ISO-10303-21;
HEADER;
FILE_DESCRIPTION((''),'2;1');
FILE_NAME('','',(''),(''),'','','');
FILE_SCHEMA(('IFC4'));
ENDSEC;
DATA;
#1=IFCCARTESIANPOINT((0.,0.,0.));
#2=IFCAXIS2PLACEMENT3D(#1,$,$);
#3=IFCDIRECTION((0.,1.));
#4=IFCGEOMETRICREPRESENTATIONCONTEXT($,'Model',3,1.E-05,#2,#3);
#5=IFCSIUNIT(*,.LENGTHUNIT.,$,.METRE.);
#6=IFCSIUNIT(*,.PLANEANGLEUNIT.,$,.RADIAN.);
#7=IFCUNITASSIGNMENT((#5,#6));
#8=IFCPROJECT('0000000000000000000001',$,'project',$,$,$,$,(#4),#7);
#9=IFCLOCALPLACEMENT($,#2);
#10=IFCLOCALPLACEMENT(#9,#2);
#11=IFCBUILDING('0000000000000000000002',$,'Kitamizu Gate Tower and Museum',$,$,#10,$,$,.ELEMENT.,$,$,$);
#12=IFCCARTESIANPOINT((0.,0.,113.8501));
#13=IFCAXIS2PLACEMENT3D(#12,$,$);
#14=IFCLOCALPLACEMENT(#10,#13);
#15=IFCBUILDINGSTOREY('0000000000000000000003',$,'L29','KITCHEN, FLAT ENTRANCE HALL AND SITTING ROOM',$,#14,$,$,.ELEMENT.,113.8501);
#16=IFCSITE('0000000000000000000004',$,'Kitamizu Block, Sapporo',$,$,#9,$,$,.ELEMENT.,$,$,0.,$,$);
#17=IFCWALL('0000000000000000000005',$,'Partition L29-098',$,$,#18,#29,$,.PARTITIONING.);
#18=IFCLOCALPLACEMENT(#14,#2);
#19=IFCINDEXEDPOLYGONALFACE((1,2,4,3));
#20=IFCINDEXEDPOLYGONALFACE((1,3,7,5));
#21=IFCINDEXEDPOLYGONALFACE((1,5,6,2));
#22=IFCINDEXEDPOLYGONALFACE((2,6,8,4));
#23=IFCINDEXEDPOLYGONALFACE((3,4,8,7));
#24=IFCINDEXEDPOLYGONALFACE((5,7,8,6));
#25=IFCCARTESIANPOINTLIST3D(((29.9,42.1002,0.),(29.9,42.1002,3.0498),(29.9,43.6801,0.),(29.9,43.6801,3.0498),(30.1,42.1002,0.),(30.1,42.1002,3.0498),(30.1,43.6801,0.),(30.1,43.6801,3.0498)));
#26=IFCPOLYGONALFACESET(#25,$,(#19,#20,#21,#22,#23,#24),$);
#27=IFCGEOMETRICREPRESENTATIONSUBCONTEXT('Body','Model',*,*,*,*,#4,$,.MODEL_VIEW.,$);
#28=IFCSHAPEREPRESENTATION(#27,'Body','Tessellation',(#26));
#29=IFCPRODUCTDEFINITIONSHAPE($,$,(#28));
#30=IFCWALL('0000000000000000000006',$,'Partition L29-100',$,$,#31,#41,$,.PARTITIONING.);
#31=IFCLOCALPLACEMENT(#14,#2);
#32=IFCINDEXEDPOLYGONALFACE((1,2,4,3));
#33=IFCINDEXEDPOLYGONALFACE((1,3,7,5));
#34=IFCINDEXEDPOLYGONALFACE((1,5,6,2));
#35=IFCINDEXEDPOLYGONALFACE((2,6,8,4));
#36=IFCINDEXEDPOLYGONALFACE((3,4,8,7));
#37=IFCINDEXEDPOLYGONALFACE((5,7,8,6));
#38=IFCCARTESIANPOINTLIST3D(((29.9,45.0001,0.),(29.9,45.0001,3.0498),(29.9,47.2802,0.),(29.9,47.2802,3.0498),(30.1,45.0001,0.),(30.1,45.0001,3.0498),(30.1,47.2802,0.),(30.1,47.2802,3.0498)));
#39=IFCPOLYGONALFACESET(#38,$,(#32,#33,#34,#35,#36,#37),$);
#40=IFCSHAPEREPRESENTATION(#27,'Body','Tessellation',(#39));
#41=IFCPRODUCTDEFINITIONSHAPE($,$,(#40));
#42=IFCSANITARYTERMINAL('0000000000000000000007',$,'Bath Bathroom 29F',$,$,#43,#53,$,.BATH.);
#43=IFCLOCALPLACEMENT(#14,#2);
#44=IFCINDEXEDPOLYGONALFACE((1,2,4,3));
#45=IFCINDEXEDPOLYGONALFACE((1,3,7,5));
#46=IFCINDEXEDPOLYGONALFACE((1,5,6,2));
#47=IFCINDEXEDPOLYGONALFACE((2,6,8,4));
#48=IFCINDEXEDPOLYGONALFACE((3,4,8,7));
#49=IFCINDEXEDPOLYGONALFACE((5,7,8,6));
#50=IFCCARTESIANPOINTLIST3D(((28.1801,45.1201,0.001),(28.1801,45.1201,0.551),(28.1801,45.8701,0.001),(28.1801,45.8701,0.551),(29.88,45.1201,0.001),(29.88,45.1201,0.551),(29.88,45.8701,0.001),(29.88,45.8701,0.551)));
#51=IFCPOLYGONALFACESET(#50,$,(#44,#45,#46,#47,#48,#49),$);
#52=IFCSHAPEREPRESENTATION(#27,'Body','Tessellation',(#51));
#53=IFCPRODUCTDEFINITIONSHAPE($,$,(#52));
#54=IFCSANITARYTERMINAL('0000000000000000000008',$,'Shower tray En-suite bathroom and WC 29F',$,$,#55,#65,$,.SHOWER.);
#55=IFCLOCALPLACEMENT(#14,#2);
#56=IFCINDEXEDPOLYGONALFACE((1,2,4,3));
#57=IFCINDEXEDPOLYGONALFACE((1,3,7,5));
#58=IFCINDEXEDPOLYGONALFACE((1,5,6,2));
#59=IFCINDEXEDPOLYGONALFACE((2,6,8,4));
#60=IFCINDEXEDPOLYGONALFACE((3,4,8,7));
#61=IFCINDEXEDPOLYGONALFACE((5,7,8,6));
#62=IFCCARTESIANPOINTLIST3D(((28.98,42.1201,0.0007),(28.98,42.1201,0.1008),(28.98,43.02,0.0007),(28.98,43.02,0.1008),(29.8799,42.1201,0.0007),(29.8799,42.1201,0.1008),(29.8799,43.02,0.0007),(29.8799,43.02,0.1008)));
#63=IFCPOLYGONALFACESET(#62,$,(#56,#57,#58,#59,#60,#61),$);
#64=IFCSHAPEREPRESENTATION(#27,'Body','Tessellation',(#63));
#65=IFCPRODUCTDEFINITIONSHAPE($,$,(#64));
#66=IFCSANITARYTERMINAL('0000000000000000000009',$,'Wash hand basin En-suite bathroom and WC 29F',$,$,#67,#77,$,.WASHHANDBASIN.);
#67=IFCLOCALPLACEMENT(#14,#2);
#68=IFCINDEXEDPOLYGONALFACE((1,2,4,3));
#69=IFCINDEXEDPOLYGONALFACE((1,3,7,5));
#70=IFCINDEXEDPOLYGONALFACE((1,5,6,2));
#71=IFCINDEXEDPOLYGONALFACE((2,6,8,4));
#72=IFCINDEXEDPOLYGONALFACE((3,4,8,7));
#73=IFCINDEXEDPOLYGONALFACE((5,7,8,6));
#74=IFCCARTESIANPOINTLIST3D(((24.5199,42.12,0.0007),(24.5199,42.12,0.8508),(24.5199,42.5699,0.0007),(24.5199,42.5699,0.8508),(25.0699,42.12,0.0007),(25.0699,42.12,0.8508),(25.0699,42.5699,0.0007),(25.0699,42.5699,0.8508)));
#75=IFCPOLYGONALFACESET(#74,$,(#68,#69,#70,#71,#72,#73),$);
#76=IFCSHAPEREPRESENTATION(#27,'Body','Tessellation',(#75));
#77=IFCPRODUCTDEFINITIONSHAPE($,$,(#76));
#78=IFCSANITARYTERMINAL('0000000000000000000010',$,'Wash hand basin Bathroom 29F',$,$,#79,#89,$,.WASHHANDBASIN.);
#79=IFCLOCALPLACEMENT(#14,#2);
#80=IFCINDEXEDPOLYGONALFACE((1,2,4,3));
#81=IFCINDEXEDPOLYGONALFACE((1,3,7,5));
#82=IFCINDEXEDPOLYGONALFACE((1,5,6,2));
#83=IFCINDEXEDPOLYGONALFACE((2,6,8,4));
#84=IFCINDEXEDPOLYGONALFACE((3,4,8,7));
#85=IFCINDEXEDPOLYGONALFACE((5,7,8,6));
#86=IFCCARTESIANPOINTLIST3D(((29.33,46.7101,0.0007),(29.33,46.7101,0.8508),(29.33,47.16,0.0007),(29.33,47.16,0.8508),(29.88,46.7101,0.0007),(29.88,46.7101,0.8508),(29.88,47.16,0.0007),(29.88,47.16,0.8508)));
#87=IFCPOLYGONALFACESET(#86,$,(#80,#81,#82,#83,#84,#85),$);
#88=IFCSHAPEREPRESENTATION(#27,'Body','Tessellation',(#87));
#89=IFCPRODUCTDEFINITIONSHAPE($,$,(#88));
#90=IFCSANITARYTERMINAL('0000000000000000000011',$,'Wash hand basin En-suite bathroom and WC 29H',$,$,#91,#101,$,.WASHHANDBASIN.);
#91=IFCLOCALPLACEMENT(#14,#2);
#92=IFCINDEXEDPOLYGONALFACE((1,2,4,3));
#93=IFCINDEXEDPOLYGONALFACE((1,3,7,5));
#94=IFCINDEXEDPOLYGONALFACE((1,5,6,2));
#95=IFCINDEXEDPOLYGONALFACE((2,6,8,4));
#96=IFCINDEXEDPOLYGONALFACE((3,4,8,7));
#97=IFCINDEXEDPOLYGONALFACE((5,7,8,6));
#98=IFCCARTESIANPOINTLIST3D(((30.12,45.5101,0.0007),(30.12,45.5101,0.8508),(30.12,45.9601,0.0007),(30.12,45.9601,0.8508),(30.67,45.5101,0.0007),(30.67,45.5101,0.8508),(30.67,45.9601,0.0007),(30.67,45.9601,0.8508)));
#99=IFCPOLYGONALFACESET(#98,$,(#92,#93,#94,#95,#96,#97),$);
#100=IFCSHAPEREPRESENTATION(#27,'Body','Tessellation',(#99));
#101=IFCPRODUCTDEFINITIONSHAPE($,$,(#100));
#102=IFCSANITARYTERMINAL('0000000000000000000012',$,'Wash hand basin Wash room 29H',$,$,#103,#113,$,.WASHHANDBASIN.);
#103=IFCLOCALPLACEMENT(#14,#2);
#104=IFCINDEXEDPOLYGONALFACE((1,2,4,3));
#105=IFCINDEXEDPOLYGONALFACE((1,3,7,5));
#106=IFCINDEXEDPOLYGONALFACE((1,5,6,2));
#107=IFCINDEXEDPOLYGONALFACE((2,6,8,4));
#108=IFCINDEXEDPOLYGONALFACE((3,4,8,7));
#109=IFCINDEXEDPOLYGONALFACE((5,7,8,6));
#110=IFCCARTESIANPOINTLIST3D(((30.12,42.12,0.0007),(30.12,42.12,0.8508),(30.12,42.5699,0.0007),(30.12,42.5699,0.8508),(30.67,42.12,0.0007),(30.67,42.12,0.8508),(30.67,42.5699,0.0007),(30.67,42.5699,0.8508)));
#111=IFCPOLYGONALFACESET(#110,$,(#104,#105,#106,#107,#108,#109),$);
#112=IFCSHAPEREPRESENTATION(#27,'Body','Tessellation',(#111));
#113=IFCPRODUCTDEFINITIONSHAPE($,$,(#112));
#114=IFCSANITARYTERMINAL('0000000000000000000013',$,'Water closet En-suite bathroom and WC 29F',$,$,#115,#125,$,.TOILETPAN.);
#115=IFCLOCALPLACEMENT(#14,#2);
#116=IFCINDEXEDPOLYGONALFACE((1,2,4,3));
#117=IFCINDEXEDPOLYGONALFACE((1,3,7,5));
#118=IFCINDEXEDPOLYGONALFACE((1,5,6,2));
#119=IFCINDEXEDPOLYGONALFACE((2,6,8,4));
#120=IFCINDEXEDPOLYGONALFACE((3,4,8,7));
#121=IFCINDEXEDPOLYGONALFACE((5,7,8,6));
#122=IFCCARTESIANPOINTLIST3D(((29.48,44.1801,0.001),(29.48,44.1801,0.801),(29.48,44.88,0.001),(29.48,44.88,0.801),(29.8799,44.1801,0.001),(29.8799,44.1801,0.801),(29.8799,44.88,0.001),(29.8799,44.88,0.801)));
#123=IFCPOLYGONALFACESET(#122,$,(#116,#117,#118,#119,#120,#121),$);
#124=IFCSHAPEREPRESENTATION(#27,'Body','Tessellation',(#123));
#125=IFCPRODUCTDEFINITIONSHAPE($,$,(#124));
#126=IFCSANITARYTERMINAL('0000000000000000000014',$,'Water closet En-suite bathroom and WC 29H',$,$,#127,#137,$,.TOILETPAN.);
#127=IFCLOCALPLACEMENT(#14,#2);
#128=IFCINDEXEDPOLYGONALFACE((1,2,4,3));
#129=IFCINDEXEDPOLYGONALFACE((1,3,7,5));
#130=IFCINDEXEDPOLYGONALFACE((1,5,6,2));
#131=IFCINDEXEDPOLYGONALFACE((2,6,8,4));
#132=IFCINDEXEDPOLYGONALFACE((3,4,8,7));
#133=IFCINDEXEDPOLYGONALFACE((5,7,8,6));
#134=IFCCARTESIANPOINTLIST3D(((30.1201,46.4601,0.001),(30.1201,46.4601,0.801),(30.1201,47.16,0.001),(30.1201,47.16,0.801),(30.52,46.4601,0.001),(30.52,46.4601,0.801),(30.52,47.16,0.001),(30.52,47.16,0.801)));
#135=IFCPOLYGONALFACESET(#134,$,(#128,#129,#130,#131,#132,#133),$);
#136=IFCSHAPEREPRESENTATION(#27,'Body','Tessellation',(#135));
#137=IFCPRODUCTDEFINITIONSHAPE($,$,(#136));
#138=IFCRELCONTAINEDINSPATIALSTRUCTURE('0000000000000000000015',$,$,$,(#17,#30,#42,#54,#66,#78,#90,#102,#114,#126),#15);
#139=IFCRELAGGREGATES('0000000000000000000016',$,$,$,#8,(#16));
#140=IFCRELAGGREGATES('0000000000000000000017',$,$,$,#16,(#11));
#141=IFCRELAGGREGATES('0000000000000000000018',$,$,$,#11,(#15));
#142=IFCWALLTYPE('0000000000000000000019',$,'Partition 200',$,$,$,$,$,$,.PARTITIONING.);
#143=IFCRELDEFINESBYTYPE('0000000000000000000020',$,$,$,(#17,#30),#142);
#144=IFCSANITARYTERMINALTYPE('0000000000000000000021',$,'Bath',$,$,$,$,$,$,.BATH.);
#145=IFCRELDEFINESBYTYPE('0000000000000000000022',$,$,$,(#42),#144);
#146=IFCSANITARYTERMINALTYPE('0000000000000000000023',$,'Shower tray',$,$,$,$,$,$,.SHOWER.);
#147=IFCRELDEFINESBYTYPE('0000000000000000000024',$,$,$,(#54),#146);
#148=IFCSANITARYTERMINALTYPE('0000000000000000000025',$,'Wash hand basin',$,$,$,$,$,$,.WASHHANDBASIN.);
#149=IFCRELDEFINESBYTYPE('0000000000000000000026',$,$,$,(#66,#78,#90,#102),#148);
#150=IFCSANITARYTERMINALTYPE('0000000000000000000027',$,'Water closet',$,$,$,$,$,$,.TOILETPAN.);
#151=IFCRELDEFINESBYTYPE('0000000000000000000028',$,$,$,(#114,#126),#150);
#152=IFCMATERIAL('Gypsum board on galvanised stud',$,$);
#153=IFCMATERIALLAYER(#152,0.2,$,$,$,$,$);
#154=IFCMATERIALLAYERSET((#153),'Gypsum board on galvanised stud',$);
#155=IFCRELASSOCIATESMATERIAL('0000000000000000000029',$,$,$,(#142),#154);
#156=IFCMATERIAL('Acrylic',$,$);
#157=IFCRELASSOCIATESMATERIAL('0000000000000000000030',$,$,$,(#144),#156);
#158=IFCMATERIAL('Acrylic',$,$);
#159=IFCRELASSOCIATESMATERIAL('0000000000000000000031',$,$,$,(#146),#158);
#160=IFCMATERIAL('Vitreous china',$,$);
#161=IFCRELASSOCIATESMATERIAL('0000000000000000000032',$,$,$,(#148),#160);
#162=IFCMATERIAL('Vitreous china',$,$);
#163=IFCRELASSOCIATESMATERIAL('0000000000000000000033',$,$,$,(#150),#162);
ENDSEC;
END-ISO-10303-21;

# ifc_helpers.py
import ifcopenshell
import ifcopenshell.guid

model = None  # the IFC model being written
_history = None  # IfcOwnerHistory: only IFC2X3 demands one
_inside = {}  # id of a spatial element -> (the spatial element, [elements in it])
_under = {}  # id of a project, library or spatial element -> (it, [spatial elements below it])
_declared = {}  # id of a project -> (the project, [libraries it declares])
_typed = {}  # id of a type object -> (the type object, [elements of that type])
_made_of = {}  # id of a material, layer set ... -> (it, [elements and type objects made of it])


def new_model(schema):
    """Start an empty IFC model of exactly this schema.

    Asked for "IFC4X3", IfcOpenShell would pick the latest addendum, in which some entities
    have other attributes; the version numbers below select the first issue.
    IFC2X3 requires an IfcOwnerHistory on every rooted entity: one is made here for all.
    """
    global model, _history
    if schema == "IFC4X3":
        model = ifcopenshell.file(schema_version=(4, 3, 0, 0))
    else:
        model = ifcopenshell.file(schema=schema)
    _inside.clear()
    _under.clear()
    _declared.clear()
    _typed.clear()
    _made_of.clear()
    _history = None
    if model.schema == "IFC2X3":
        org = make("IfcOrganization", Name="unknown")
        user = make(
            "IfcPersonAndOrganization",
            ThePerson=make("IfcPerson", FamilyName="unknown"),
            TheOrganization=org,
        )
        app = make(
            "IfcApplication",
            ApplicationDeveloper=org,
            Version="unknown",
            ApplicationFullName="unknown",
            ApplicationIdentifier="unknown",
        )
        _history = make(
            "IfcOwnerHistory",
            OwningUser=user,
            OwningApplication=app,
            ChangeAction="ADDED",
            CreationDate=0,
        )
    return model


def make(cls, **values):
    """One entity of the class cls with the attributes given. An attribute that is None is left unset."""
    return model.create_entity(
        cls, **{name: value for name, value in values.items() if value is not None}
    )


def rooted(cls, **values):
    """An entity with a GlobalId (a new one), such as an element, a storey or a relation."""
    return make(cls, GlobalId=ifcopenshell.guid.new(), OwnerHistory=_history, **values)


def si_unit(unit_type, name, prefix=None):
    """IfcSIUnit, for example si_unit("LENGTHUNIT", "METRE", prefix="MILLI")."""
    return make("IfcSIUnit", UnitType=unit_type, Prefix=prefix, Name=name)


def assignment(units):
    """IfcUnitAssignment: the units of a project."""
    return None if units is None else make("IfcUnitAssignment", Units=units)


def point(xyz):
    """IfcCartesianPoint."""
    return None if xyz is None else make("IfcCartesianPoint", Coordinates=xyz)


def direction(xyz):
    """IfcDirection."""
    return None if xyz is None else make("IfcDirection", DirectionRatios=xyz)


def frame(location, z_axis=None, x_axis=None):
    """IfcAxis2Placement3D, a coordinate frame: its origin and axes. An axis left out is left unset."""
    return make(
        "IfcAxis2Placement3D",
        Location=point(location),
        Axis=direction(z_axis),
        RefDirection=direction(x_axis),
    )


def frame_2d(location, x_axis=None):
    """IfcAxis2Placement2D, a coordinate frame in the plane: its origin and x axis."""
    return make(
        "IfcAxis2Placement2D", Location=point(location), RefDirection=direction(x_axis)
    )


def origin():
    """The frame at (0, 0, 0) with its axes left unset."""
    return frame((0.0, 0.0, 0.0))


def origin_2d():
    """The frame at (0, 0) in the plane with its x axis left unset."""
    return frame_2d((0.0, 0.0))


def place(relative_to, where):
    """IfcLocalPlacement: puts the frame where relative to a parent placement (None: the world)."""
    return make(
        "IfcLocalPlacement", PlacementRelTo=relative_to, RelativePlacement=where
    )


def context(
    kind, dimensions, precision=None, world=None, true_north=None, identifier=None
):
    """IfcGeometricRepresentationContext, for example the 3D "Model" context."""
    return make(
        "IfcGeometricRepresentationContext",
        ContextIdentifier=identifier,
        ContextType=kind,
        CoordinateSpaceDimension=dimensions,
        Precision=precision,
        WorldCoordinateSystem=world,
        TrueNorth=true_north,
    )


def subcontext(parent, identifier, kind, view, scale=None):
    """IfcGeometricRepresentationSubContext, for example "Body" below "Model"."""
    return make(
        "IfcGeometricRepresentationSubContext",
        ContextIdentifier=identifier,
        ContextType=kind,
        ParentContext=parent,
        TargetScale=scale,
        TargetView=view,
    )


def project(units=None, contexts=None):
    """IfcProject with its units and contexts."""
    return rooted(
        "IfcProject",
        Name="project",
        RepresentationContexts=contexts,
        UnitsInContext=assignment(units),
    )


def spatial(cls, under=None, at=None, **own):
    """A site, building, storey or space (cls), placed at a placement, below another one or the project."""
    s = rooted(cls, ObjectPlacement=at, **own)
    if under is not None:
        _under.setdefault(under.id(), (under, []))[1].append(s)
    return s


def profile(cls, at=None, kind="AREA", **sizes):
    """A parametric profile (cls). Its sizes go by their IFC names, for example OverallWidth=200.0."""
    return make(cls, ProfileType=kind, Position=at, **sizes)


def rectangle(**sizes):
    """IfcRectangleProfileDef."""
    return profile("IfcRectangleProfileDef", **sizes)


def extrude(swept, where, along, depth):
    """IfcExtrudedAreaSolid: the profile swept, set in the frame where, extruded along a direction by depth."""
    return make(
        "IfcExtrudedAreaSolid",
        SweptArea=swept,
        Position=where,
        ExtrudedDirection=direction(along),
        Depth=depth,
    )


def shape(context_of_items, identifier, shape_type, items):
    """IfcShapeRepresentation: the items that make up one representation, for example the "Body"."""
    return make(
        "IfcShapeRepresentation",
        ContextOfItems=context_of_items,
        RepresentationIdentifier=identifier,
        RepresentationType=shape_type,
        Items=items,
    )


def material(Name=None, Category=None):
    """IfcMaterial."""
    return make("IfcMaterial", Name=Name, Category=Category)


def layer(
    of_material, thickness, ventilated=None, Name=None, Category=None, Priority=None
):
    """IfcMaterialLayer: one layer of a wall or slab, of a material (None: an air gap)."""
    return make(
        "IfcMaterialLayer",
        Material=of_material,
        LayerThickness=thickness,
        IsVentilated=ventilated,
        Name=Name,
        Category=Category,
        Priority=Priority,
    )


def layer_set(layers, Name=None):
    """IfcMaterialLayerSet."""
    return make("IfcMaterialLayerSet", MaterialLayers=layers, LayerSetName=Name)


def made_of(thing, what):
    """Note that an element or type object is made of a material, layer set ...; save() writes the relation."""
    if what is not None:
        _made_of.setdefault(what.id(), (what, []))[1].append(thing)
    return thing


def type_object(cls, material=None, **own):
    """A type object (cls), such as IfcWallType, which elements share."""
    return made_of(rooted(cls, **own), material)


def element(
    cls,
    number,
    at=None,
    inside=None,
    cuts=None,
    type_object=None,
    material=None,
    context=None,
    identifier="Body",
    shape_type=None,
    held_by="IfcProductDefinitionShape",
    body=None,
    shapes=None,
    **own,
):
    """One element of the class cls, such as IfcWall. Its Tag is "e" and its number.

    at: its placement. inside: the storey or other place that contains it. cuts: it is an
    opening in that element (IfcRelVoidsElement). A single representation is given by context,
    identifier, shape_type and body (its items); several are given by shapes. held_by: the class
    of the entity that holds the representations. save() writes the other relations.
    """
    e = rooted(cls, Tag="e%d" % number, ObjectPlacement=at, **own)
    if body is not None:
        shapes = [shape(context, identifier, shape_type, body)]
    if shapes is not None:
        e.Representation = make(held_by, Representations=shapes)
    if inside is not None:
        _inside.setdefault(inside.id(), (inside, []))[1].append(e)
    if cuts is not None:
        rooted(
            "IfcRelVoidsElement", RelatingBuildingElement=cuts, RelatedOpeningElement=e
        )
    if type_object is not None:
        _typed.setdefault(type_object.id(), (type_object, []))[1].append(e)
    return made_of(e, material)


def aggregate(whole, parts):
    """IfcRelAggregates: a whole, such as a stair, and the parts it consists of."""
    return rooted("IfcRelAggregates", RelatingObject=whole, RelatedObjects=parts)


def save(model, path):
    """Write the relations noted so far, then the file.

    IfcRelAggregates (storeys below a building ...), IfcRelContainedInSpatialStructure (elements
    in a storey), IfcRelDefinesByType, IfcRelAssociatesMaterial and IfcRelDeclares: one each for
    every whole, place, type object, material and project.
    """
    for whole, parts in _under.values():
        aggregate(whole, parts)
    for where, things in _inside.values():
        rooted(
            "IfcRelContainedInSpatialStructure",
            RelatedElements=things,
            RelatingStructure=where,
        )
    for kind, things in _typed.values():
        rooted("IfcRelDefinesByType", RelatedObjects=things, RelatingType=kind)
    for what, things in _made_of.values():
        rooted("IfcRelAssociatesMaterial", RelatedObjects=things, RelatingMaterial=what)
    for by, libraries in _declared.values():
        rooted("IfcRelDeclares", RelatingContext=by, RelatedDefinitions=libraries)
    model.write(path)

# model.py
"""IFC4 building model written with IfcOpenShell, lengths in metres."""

from ifc_helpers import new_model, si_unit, direction, frame, frame_2d, origin, origin_2d, place, context, subcontext, project, spatial, rectangle, extrude, material, layer, layer_set, type_object, element, save


model = new_model("IFC4")

# Units and contexts
model_context = context("Model", 3, precision=1e-05, world=origin(), true_north=direction((0.0, 1.0)))
body_context = subcontext(model_context, "Body", "Model", "MODEL_VIEW")
ifc_project = project(units=[si_unit("LENGTHUNIT", "METRE"), si_unit("PLANEANGLEUNIT", "RADIAN")], contexts=[model_context])

# Site, building, storey
site_placement = place(None, origin())
site = spatial("IfcSite", under=ifc_project, at=site_placement, Name="Kitamizu Block, Sapporo", CompositionType="ELEMENT", RefElevation=0.0)
building_placement = place(site_placement, origin())
building = spatial("IfcBuilding", under=site, at=building_placement, Name="Kitamizu Gate Tower and Museum", CompositionType="ELEMENT")
storey_placement = place(building_placement, frame((0.0, 0.0, 113.8501)))
storey = spatial("IfcBuildingStorey", under=building, at=storey_placement, Name="L29", Description="KITCHEN, FLAT ENTRANCE HALL AND SITTING ROOM", CompositionType="ELEMENT", Elevation=113.8501)

# Walls
ifc_material_1 = material(Name="Gypsum board on galvanised stud")
ifc_layer_1 = layer(ifc_material_1, 0.2)
ifc_layer_set_1 = layer_set([ifc_layer_1], Name="Gypsum board on galvanised stud")
wall_type_1 = type_object("IfcWallType", Name="Partition 200", PredefinedType="PARTITIONING", material=ifc_layer_set_1)
wall_1_placement = place(storey_placement, frame((30.0, 42.1001, 0.0), z_axis=(0.0, 0.0, 1.0), x_axis=(0.0, 1.0, 0.0)))
element("IfcWall", 1, at=wall_1_placement, inside=storey, type_object=wall_type_1, Name="Partition L29-098", PredefinedType="PARTITIONING", context=body_context, shape_type="SweptSolid", body=[
    extrude(rectangle(XDim=1.5798, YDim=0.2, at=frame_2d((0.79, 0.0))), origin(), (0.0, 0.0, 1.0), 3.0498),
])
wall_2_placement = place(storey_placement, frame((30.0, 45.0, 0.0), z_axis=(0.0, 0.0, 1.0), x_axis=(0.0, 1.0, 0.0)))
element("IfcWall", 2, at=wall_2_placement, inside=storey, type_object=wall_type_1, Name="Partition L29-100", PredefinedType="PARTITIONING", context=body_context, shape_type="SweptSolid", body=[
    extrude(rectangle(XDim=2.28, YDim=0.2, at=frame_2d((1.1401, 0.0))), origin(), (0.0, 0.0, 1.0), 3.0498),
])

# Sanitary terminals
ifc_material_2 = material(Name="Acrylic")
sanitary_terminal_type_1 = type_object("IfcSanitaryTerminalType", Name="Bath", PredefinedType="BATH", material=ifc_material_2)
sanitary_terminal_1_placement = place(storey_placement, frame((29.03, 45.4951, 0.001), z_axis=(0.0, 0.0, 1.0), x_axis=(1.0, 0.0, 0.0)))
element("IfcSanitaryTerminal", 3, at=sanitary_terminal_1_placement, inside=storey, type_object=sanitary_terminal_type_1, Name="Bath Bathroom 29F", PredefinedType="BATH", context=body_context, shape_type="SweptSolid", body=[
    extrude(rectangle(XDim=1.7, YDim=0.75, at=origin_2d()), origin(), (0.0, 0.0, 1.0), 0.55),
])
ifc_material_3 = material(Name="Acrylic")
sanitary_terminal_type_2 = type_object("IfcSanitaryTerminalType", Name="Shower tray", PredefinedType="SHOWER", material=ifc_material_3)
sanitary_terminal_2_placement = place(storey_placement, frame((29.4299, 42.5701, 0.0007), z_axis=(0.0, 0.0, 1.0), x_axis=(1.0, 0.0, 0.0)))
element("IfcSanitaryTerminal", 4, at=sanitary_terminal_2_placement, inside=storey, type_object=sanitary_terminal_type_2, Name="Shower tray En-suite bathroom and WC 29F", PredefinedType="SHOWER", context=body_context, shape_type="SweptSolid", body=[
    extrude(rectangle(XDim=0.8999, YDim=0.8999, at=origin_2d()), origin(), (0.0, 0.0, 1.0), 0.1001),
])
ifc_material_4 = material(Name="Vitreous china")
sanitary_terminal_type_3 = type_object("IfcSanitaryTerminalType", Name="Wash hand basin", PredefinedType="WASHHANDBASIN", material=ifc_material_4)
for number, where, z_axis, x_axis, name in (
    (5, (24.7949, 42.345, 0.0007), (0.0, 0.0, 1.0), (1.0, 0.0, 0.0), "Wash hand basin En-suite bathroom and WC 29F"),
    (6, (29.605, 46.9351, 0.0007), (0.0, 0.0, 1.0), (1.0, 0.0, 0.0), "Wash hand basin Bathroom 29F"),
    (7, (30.395, 45.7351, 0.0007), (0.0, 0.0, 1.0), (1.0, 0.0, 0.0), "Wash hand basin En-suite bathroom and WC 29H"),
    (8, (30.395, 42.345, 0.0007), (0.0, 0.0, 1.0), (1.0, 0.0, 0.0), "Wash hand basin Wash room 29H"),
):
    element("IfcSanitaryTerminal", number, at=place(storey_placement, frame(where, z_axis=z_axis, x_axis=x_axis)), inside=storey, type_object=sanitary_terminal_type_3, Name=name, PredefinedType="WASHHANDBASIN", context=body_context, shape_type="SweptSolid", body=[
        extrude(rectangle(XDim=0.55, YDim=0.45, at=origin_2d()), origin(), (0.0, 0.0, 1.0), 0.8501),
    ])
ifc_material_5 = material(Name="Vitreous china")
sanitary_terminal_type_4 = type_object("IfcSanitaryTerminalType", Name="Water closet", PredefinedType="TOILETPAN", material=ifc_material_5)
for number, where, z_axis, x_axis, name in (
    (9, (29.6799, 44.53, 0.001), (0.0, 0.0, 1.0), (1.0, 0.0, 0.0), "Water closet En-suite bathroom and WC 29F"),
    (10, (30.3201, 46.8101, 0.001), (0.0, 0.0, 1.0), (1.0, 0.0, 0.0), "Water closet En-suite bathroom and WC 29H"),
):
    element("IfcSanitaryTerminal", number, at=place(storey_placement, frame(where, z_axis=z_axis, x_axis=x_axis)), inside=storey, type_object=sanitary_terminal_type_4, Name=name, PredefinedType="TOILETPAN", context=body_context, shape_type="SweptSolid", body=[
        extrude(rectangle(XDim=0.3999, YDim=0.7, at=origin_2d()), origin(), (0.0, 0.0, 1.0), 0.8),
    ])

save(model, "model.ifc")
